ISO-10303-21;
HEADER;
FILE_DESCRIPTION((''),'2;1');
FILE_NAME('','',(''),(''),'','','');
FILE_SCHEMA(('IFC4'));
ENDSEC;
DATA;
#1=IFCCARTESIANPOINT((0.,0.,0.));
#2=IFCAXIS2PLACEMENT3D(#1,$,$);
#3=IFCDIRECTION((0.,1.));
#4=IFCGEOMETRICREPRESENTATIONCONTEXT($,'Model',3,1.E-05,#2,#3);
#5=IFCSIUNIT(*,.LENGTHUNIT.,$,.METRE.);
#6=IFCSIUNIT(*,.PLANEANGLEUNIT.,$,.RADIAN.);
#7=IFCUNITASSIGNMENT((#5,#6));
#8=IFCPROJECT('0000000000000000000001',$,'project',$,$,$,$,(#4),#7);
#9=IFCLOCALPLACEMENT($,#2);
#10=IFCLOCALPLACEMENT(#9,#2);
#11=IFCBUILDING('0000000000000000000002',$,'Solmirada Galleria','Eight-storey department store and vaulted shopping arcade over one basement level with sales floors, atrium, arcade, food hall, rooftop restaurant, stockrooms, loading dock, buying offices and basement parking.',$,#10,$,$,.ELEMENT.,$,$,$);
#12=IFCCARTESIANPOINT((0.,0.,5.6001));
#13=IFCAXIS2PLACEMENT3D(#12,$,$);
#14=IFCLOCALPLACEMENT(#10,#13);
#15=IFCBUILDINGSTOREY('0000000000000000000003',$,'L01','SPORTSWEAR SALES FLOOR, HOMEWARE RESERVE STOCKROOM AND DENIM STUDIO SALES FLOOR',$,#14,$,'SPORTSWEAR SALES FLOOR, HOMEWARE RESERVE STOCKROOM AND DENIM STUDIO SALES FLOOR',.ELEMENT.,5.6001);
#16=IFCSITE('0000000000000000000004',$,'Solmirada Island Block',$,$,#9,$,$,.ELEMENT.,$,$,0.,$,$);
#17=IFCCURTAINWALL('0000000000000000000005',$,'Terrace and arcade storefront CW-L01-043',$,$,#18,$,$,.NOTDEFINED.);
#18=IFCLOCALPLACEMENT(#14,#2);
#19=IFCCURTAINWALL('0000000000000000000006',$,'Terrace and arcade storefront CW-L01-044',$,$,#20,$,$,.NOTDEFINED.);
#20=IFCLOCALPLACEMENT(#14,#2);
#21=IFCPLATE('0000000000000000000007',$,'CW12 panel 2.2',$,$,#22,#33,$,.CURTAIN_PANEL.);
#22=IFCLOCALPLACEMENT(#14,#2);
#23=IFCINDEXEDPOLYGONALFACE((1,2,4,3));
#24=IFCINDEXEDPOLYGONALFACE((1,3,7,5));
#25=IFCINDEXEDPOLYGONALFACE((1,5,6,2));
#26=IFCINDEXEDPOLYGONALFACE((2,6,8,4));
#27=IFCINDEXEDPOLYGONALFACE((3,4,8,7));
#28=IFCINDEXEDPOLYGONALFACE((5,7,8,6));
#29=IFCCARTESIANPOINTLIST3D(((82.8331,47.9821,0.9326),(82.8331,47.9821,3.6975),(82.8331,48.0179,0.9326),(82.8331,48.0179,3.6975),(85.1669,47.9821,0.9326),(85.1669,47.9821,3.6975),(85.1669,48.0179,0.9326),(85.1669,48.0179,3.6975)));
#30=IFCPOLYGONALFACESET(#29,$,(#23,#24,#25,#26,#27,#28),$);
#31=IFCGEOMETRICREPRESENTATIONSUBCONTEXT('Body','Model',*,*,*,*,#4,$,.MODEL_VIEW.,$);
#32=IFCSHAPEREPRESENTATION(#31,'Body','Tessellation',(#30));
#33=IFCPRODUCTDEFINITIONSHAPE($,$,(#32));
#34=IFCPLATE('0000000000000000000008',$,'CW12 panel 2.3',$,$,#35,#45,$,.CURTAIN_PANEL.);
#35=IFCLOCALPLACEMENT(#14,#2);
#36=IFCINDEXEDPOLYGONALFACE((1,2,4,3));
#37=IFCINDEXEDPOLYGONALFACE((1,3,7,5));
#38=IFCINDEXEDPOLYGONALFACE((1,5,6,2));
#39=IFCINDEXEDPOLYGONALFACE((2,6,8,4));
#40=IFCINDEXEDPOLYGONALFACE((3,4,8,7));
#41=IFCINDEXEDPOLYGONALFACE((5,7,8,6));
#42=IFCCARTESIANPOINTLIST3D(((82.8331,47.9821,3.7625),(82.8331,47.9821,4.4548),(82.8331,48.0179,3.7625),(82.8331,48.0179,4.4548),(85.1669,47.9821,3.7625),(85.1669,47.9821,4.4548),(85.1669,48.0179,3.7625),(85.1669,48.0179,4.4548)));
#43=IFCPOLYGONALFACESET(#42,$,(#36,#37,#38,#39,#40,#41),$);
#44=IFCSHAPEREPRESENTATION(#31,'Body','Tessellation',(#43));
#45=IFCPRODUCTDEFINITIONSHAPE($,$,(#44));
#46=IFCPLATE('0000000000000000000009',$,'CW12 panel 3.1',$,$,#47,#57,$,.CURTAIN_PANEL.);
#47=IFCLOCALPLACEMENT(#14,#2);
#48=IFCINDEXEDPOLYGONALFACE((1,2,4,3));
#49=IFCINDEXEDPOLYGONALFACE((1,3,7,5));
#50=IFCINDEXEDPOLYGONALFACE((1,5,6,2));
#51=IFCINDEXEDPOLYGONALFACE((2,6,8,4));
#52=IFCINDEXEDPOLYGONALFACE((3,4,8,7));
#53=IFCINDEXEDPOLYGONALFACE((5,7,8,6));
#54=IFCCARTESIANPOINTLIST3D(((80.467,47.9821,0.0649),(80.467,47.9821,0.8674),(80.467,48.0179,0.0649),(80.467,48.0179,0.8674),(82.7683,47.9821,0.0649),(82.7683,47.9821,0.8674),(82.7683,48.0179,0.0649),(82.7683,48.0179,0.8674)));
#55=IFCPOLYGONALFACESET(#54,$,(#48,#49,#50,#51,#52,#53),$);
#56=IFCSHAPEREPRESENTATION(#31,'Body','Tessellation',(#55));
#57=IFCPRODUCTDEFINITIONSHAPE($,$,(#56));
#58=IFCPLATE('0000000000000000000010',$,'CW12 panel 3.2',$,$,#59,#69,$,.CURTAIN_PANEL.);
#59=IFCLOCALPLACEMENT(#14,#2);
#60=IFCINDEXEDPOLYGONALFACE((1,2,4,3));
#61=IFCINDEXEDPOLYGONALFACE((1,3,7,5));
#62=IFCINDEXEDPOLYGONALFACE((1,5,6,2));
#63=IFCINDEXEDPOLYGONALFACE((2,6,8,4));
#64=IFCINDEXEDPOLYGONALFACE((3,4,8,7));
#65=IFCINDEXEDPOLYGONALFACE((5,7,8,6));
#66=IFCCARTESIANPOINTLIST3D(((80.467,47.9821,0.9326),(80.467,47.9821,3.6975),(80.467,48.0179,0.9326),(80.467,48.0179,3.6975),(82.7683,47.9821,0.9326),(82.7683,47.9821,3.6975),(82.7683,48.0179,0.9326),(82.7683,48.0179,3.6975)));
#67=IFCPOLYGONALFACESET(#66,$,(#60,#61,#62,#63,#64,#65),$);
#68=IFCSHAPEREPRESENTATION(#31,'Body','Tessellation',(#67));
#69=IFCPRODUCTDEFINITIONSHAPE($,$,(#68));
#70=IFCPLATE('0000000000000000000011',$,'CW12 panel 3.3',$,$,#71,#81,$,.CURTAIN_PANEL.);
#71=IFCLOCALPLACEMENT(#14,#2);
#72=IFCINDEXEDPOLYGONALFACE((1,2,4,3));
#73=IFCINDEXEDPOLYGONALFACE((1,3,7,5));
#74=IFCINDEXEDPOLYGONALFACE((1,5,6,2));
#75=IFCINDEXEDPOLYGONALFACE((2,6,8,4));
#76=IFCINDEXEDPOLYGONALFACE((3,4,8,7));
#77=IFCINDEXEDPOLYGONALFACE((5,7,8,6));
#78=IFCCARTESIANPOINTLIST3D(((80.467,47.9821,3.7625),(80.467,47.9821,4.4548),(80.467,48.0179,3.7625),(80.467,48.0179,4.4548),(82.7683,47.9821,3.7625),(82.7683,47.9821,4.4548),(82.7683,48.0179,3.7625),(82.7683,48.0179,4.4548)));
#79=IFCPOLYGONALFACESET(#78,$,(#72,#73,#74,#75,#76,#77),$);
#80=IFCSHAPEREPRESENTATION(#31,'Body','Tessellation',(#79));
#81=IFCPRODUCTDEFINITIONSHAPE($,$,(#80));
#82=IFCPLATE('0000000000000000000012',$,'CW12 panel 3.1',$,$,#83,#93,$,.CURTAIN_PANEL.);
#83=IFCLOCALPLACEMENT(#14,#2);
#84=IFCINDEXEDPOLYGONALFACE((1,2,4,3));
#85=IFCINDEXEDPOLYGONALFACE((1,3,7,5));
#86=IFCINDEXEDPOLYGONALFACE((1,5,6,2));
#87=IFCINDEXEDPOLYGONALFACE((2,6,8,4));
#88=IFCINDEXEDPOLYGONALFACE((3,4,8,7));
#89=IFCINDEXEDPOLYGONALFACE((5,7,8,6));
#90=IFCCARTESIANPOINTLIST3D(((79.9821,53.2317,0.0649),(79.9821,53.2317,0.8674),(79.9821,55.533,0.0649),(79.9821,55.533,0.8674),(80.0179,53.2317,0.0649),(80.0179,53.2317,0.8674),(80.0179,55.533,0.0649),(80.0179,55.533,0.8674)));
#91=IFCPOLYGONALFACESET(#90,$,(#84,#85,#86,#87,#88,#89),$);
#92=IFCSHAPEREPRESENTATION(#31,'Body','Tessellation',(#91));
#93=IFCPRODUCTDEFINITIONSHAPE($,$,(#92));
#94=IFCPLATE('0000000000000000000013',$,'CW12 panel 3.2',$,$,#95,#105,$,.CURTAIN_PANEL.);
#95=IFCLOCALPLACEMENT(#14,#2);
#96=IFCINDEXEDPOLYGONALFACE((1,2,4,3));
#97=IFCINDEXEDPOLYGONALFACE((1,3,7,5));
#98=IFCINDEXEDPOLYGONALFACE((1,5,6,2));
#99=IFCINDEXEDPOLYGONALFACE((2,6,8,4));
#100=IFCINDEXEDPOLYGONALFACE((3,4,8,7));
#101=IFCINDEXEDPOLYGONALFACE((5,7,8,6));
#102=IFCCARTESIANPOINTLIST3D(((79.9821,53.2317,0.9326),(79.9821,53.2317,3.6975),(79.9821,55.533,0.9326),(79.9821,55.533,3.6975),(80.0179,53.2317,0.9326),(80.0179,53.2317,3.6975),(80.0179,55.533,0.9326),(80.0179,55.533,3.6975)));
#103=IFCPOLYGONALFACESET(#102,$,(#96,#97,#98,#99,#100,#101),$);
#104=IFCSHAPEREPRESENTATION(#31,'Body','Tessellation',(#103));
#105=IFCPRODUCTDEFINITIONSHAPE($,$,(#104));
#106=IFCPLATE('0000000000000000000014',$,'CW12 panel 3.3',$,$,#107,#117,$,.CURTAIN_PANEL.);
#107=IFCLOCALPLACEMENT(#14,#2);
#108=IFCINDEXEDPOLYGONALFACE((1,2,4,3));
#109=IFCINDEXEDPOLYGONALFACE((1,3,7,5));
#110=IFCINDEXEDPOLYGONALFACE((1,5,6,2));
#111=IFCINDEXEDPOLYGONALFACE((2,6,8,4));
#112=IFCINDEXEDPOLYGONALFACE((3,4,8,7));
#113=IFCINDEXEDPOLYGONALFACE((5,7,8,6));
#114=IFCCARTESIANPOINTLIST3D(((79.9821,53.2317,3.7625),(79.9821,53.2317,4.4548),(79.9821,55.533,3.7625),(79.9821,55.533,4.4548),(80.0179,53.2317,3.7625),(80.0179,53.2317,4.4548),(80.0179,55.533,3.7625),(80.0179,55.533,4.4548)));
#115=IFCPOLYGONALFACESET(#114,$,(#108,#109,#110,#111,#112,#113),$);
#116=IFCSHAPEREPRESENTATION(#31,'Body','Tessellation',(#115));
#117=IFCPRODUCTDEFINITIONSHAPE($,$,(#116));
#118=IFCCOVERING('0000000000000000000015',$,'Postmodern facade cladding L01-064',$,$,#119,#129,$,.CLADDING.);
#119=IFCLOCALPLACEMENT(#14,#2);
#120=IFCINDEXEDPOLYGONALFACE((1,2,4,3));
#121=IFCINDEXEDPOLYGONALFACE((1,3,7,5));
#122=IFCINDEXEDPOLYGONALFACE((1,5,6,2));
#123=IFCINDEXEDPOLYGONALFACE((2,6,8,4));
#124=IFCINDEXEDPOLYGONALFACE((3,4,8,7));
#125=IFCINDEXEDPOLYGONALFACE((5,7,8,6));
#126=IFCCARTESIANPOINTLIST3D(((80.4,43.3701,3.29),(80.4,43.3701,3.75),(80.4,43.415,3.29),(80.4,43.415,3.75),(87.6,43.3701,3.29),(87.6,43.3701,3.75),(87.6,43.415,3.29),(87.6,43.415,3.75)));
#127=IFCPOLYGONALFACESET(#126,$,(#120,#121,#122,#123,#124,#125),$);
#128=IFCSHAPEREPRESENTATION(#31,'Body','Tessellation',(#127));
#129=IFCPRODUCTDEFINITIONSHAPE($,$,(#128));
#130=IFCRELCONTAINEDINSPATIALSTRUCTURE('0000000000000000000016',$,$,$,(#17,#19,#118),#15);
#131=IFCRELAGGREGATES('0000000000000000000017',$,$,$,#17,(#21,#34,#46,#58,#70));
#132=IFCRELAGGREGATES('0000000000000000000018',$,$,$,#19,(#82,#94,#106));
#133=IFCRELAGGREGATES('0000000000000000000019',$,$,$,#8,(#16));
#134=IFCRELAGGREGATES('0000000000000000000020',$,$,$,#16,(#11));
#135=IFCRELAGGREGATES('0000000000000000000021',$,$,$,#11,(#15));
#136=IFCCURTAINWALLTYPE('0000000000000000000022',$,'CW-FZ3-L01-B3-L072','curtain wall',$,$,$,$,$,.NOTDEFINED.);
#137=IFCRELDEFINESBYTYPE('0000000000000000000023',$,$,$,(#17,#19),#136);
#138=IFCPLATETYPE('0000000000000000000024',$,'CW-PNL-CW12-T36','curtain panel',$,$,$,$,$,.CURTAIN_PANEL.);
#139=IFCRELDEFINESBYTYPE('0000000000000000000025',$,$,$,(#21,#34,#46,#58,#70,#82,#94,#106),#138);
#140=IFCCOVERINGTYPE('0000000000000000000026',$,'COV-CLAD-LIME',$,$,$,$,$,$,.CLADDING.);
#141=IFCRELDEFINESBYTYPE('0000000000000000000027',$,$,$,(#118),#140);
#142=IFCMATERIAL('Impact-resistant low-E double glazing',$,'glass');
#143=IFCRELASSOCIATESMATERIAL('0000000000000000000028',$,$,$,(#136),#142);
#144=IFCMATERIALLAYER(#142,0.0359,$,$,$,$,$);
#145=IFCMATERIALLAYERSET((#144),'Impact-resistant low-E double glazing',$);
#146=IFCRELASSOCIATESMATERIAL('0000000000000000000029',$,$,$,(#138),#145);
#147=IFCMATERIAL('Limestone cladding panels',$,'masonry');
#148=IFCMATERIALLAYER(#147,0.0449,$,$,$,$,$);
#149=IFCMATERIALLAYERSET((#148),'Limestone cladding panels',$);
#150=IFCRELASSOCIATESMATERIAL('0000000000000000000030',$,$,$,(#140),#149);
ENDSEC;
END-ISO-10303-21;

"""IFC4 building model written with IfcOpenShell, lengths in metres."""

from ifc_helpers import new_model, si_unit, direction, frame, origin, origin_2d, place, context, subcontext, project, spatial, rectangle, extrude, material, layer, layer_set, type_object, element, aggregate, save


model = new_model("IFC4")

# Units and contexts
model_context = context("Model", 3, precision=1e-05, world=origin(), true_north=direction((0.0, 1.0)))
body_context = subcontext(model_context, "Body", "Model", "MODEL_VIEW")
ifc_project = project(units=[si_unit("LENGTHUNIT", "METRE"), si_unit("PLANEANGLEUNIT", "RADIAN")], contexts=[model_context])

# Site, building, storey
site_placement = place(None, origin())
site = spatial("IfcSite", under=ifc_project, at=site_placement, Name="Solmirada Island Block", CompositionType="ELEMENT", RefElevation=0.0)
building_placement = place(site_placement, origin())
building = spatial("IfcBuilding", under=site, at=building_placement, Name="Solmirada Galleria", Description="Eight-storey department store and vaulted shopping arcade over one basement level with sales floors, atrium, arcade, food hall, rooftop restaurant, stockrooms, loading dock, buying offices and basement parking.", CompositionType="ELEMENT")
storey_placement = place(building_placement, frame((0.0, 0.0, 5.6001)))
storey = spatial("IfcBuildingStorey", under=building, at=storey_placement, Name="L01", Description="SPORTSWEAR SALES FLOOR, HOMEWARE RESERVE STOCKROOM AND DENIM STUDIO SALES FLOOR", LongName="SPORTSWEAR SALES FLOOR, HOMEWARE RESERVE STOCKROOM AND DENIM STUDIO SALES FLOOR", CompositionType="ELEMENT", Elevation=5.6001)

# Curtain wall
ifc_material_1 = material(Name="Impact-resistant low-E double glazing", Category="glass")
curtain_wall_type = type_object("IfcCurtainWallType", Name="CW-FZ3-L01-B3-L072", Description="curtain wall", PredefinedType="NOTDEFINED", material=ifc_material_1)
curtain_wall_1_placement = place(storey_placement, origin())
curtain_wall_1 = element("IfcCurtainWall", 1, at=curtain_wall_1_placement, inside=storey, type_object=curtain_wall_type, Name="Terrace and arcade storefront CW-L01-043", PredefinedType="NOTDEFINED")

# Curtain wall
curtain_wall_2_placement = place(storey_placement, origin())
curtain_wall_2 = element("IfcCurtainWall", 2, at=curtain_wall_2_placement, inside=storey, type_object=curtain_wall_type, Name="Terrace and arcade storefront CW-L01-044", PredefinedType="NOTDEFINED")

# Plates
ifc_layer_1 = layer(ifc_material_1, 0.0359)
ifc_layer_set_1 = layer_set([ifc_layer_1], Name="Impact-resistant low-E double glazing")
plate_type = type_object("IfcPlateType", Name="CW-PNL-CW12-T36", Description="curtain panel", PredefinedType="CURTAIN_PANEL", material=ifc_layer_set_1)
plate_1_placement = place(storey_placement, frame((84.0, 48.0, 0.9326), z_axis=(0.0, 0.0, 1.0), x_axis=(-1.0, 0.0, 0.0)))
plate_1 = element("IfcPlate", 3, at=plate_1_placement, type_object=plate_type, Name="CW12 panel 2.2", PredefinedType="CURTAIN_PANEL", context=body_context, shape_type="SweptSolid", body=[
    extrude(rectangle(XDim=2.3337, YDim=0.0359, at=origin_2d()), origin(), (0.0, 0.0, 1.0), 2.7649),
])
plate_2_placement = place(storey_placement, frame((84.0, 48.0, 3.7625), z_axis=(0.0, 0.0, 1.0), x_axis=(-1.0, 0.0, 0.0)))
plate_2 = element("IfcPlate", 4, at=plate_2_placement, type_object=plate_type, Name="CW12 panel 2.3", PredefinedType="CURTAIN_PANEL", context=body_context, shape_type="SweptSolid", body=[
    extrude(rectangle(XDim=2.3337, YDim=0.0359, at=origin_2d()), origin(), (0.0, 0.0, 1.0), 0.6924),
])
plate_3_placement = place(storey_placement, frame((81.6177, 48.0, 0.0649), z_axis=(0.0, 0.0, 1.0), x_axis=(-1.0, 0.0, 0.0)))
plate_3 = element("IfcPlate", 5, at=plate_3_placement, type_object=plate_type, Name="CW12 panel 3.1", PredefinedType="CURTAIN_PANEL", context=body_context, shape_type="SweptSolid", body=[
    extrude(rectangle(XDim=2.3013, YDim=0.0359, at=origin_2d()), origin(), (0.0, 0.0, 1.0), 0.8025),
])
plate_4_placement = place(storey_placement, frame((81.6177, 48.0, 0.9326), z_axis=(0.0, 0.0, 1.0), x_axis=(-1.0, 0.0, 0.0)))
plate_4 = element("IfcPlate", 6, at=plate_4_placement, type_object=plate_type, Name="CW12 panel 3.2", PredefinedType="CURTAIN_PANEL", context=body_context, shape_type="SweptSolid", body=[
    extrude(rectangle(XDim=2.3013, YDim=0.0359, at=origin_2d()), origin(), (0.0, 0.0, 1.0), 2.7649),
])
plate_5_placement = place(storey_placement, frame((81.6177, 48.0, 3.7625), z_axis=(0.0, 0.0, 1.0), x_axis=(-1.0, 0.0, 0.0)))
plate_5 = element("IfcPlate", 7, at=plate_5_placement, type_object=plate_type, Name="CW12 panel 3.3", PredefinedType="CURTAIN_PANEL", context=body_context, shape_type="SweptSolid", body=[
    extrude(rectangle(XDim=2.3013, YDim=0.0359, at=origin_2d()), origin(), (0.0, 0.0, 1.0), 0.6924),
])
aggregate(curtain_wall_1, [plate_1, plate_2, plate_3, plate_4, plate_5])
plate_6_placement = place(storey_placement, frame((80.0, 54.3823, 0.0649), z_axis=(0.0, 0.0, 1.0), x_axis=(0.0, 1.0, 0.0)))
plate_6 = element("IfcPlate", 8, at=plate_6_placement, type_object=plate_type, Name="CW12 panel 3.1", PredefinedType="CURTAIN_PANEL", context=body_context, shape_type="SweptSolid", body=[
    extrude(rectangle(XDim=2.3013, YDim=0.0359, at=origin_2d()), origin(), (0.0, 0.0, 1.0), 0.8025),
])
plate_7_placement = place(storey_placement, frame((80.0, 54.3823, 0.9326), z_axis=(0.0, 0.0, 1.0), x_axis=(0.0, 1.0, 0.0)))
plate_7 = element("IfcPlate", 9, at=plate_7_placement, type_object=plate_type, Name="CW12 panel 3.2", PredefinedType="CURTAIN_PANEL", context=body_context, shape_type="SweptSolid", body=[
    extrude(rectangle(XDim=2.3013, YDim=0.0359, at=origin_2d()), origin(), (0.0, 0.0, 1.0), 2.7649),
])
plate_8_placement = place(storey_placement, frame((80.0, 54.3823, 3.7625), z_axis=(0.0, 0.0, 1.0), x_axis=(0.0, 1.0, 0.0)))
plate_8 = element("IfcPlate", 10, at=plate_8_placement, type_object=plate_type, Name="CW12 panel 3.3", PredefinedType="CURTAIN_PANEL", context=body_context, shape_type="SweptSolid", body=[
    extrude(rectangle(XDim=2.3013, YDim=0.0359, at=origin_2d()), origin(), (0.0, 0.0, 1.0), 0.6924),
])
aggregate(curtain_wall_2, [plate_6, plate_7, plate_8])

# Covering
ifc_material_2 = material(Name="Limestone cladding panels", Category="masonry")
ifc_layer_2 = layer(ifc_material_2, 0.0449)
ifc_layer_set_2 = layer_set([ifc_layer_2], Name="Limestone cladding panels")
covering_type = type_object("IfcCoveringType", Name="COV-CLAD-LIME", PredefinedType="CLADDING", material=ifc_layer_set_2)
covering_placement = place(storey_placement, frame((84.0, 43.3926, 3.29), z_axis=(0.0, 0.0, 1.0), x_axis=(1.0, 0.0, 0.0)))
element("IfcCovering", 11, at=covering_placement, inside=storey, type_object=covering_type, Name="Postmodern facade cladding L01-064", PredefinedType="CLADDING", context=body_context, shape_type="SweptSolid", body=[
    extrude(rectangle(XDim=7.2, YDim=0.0449, at=origin_2d()), origin(), (0.0, 0.0, 1.0), 0.46),
])

save(model, "model.ifc")
